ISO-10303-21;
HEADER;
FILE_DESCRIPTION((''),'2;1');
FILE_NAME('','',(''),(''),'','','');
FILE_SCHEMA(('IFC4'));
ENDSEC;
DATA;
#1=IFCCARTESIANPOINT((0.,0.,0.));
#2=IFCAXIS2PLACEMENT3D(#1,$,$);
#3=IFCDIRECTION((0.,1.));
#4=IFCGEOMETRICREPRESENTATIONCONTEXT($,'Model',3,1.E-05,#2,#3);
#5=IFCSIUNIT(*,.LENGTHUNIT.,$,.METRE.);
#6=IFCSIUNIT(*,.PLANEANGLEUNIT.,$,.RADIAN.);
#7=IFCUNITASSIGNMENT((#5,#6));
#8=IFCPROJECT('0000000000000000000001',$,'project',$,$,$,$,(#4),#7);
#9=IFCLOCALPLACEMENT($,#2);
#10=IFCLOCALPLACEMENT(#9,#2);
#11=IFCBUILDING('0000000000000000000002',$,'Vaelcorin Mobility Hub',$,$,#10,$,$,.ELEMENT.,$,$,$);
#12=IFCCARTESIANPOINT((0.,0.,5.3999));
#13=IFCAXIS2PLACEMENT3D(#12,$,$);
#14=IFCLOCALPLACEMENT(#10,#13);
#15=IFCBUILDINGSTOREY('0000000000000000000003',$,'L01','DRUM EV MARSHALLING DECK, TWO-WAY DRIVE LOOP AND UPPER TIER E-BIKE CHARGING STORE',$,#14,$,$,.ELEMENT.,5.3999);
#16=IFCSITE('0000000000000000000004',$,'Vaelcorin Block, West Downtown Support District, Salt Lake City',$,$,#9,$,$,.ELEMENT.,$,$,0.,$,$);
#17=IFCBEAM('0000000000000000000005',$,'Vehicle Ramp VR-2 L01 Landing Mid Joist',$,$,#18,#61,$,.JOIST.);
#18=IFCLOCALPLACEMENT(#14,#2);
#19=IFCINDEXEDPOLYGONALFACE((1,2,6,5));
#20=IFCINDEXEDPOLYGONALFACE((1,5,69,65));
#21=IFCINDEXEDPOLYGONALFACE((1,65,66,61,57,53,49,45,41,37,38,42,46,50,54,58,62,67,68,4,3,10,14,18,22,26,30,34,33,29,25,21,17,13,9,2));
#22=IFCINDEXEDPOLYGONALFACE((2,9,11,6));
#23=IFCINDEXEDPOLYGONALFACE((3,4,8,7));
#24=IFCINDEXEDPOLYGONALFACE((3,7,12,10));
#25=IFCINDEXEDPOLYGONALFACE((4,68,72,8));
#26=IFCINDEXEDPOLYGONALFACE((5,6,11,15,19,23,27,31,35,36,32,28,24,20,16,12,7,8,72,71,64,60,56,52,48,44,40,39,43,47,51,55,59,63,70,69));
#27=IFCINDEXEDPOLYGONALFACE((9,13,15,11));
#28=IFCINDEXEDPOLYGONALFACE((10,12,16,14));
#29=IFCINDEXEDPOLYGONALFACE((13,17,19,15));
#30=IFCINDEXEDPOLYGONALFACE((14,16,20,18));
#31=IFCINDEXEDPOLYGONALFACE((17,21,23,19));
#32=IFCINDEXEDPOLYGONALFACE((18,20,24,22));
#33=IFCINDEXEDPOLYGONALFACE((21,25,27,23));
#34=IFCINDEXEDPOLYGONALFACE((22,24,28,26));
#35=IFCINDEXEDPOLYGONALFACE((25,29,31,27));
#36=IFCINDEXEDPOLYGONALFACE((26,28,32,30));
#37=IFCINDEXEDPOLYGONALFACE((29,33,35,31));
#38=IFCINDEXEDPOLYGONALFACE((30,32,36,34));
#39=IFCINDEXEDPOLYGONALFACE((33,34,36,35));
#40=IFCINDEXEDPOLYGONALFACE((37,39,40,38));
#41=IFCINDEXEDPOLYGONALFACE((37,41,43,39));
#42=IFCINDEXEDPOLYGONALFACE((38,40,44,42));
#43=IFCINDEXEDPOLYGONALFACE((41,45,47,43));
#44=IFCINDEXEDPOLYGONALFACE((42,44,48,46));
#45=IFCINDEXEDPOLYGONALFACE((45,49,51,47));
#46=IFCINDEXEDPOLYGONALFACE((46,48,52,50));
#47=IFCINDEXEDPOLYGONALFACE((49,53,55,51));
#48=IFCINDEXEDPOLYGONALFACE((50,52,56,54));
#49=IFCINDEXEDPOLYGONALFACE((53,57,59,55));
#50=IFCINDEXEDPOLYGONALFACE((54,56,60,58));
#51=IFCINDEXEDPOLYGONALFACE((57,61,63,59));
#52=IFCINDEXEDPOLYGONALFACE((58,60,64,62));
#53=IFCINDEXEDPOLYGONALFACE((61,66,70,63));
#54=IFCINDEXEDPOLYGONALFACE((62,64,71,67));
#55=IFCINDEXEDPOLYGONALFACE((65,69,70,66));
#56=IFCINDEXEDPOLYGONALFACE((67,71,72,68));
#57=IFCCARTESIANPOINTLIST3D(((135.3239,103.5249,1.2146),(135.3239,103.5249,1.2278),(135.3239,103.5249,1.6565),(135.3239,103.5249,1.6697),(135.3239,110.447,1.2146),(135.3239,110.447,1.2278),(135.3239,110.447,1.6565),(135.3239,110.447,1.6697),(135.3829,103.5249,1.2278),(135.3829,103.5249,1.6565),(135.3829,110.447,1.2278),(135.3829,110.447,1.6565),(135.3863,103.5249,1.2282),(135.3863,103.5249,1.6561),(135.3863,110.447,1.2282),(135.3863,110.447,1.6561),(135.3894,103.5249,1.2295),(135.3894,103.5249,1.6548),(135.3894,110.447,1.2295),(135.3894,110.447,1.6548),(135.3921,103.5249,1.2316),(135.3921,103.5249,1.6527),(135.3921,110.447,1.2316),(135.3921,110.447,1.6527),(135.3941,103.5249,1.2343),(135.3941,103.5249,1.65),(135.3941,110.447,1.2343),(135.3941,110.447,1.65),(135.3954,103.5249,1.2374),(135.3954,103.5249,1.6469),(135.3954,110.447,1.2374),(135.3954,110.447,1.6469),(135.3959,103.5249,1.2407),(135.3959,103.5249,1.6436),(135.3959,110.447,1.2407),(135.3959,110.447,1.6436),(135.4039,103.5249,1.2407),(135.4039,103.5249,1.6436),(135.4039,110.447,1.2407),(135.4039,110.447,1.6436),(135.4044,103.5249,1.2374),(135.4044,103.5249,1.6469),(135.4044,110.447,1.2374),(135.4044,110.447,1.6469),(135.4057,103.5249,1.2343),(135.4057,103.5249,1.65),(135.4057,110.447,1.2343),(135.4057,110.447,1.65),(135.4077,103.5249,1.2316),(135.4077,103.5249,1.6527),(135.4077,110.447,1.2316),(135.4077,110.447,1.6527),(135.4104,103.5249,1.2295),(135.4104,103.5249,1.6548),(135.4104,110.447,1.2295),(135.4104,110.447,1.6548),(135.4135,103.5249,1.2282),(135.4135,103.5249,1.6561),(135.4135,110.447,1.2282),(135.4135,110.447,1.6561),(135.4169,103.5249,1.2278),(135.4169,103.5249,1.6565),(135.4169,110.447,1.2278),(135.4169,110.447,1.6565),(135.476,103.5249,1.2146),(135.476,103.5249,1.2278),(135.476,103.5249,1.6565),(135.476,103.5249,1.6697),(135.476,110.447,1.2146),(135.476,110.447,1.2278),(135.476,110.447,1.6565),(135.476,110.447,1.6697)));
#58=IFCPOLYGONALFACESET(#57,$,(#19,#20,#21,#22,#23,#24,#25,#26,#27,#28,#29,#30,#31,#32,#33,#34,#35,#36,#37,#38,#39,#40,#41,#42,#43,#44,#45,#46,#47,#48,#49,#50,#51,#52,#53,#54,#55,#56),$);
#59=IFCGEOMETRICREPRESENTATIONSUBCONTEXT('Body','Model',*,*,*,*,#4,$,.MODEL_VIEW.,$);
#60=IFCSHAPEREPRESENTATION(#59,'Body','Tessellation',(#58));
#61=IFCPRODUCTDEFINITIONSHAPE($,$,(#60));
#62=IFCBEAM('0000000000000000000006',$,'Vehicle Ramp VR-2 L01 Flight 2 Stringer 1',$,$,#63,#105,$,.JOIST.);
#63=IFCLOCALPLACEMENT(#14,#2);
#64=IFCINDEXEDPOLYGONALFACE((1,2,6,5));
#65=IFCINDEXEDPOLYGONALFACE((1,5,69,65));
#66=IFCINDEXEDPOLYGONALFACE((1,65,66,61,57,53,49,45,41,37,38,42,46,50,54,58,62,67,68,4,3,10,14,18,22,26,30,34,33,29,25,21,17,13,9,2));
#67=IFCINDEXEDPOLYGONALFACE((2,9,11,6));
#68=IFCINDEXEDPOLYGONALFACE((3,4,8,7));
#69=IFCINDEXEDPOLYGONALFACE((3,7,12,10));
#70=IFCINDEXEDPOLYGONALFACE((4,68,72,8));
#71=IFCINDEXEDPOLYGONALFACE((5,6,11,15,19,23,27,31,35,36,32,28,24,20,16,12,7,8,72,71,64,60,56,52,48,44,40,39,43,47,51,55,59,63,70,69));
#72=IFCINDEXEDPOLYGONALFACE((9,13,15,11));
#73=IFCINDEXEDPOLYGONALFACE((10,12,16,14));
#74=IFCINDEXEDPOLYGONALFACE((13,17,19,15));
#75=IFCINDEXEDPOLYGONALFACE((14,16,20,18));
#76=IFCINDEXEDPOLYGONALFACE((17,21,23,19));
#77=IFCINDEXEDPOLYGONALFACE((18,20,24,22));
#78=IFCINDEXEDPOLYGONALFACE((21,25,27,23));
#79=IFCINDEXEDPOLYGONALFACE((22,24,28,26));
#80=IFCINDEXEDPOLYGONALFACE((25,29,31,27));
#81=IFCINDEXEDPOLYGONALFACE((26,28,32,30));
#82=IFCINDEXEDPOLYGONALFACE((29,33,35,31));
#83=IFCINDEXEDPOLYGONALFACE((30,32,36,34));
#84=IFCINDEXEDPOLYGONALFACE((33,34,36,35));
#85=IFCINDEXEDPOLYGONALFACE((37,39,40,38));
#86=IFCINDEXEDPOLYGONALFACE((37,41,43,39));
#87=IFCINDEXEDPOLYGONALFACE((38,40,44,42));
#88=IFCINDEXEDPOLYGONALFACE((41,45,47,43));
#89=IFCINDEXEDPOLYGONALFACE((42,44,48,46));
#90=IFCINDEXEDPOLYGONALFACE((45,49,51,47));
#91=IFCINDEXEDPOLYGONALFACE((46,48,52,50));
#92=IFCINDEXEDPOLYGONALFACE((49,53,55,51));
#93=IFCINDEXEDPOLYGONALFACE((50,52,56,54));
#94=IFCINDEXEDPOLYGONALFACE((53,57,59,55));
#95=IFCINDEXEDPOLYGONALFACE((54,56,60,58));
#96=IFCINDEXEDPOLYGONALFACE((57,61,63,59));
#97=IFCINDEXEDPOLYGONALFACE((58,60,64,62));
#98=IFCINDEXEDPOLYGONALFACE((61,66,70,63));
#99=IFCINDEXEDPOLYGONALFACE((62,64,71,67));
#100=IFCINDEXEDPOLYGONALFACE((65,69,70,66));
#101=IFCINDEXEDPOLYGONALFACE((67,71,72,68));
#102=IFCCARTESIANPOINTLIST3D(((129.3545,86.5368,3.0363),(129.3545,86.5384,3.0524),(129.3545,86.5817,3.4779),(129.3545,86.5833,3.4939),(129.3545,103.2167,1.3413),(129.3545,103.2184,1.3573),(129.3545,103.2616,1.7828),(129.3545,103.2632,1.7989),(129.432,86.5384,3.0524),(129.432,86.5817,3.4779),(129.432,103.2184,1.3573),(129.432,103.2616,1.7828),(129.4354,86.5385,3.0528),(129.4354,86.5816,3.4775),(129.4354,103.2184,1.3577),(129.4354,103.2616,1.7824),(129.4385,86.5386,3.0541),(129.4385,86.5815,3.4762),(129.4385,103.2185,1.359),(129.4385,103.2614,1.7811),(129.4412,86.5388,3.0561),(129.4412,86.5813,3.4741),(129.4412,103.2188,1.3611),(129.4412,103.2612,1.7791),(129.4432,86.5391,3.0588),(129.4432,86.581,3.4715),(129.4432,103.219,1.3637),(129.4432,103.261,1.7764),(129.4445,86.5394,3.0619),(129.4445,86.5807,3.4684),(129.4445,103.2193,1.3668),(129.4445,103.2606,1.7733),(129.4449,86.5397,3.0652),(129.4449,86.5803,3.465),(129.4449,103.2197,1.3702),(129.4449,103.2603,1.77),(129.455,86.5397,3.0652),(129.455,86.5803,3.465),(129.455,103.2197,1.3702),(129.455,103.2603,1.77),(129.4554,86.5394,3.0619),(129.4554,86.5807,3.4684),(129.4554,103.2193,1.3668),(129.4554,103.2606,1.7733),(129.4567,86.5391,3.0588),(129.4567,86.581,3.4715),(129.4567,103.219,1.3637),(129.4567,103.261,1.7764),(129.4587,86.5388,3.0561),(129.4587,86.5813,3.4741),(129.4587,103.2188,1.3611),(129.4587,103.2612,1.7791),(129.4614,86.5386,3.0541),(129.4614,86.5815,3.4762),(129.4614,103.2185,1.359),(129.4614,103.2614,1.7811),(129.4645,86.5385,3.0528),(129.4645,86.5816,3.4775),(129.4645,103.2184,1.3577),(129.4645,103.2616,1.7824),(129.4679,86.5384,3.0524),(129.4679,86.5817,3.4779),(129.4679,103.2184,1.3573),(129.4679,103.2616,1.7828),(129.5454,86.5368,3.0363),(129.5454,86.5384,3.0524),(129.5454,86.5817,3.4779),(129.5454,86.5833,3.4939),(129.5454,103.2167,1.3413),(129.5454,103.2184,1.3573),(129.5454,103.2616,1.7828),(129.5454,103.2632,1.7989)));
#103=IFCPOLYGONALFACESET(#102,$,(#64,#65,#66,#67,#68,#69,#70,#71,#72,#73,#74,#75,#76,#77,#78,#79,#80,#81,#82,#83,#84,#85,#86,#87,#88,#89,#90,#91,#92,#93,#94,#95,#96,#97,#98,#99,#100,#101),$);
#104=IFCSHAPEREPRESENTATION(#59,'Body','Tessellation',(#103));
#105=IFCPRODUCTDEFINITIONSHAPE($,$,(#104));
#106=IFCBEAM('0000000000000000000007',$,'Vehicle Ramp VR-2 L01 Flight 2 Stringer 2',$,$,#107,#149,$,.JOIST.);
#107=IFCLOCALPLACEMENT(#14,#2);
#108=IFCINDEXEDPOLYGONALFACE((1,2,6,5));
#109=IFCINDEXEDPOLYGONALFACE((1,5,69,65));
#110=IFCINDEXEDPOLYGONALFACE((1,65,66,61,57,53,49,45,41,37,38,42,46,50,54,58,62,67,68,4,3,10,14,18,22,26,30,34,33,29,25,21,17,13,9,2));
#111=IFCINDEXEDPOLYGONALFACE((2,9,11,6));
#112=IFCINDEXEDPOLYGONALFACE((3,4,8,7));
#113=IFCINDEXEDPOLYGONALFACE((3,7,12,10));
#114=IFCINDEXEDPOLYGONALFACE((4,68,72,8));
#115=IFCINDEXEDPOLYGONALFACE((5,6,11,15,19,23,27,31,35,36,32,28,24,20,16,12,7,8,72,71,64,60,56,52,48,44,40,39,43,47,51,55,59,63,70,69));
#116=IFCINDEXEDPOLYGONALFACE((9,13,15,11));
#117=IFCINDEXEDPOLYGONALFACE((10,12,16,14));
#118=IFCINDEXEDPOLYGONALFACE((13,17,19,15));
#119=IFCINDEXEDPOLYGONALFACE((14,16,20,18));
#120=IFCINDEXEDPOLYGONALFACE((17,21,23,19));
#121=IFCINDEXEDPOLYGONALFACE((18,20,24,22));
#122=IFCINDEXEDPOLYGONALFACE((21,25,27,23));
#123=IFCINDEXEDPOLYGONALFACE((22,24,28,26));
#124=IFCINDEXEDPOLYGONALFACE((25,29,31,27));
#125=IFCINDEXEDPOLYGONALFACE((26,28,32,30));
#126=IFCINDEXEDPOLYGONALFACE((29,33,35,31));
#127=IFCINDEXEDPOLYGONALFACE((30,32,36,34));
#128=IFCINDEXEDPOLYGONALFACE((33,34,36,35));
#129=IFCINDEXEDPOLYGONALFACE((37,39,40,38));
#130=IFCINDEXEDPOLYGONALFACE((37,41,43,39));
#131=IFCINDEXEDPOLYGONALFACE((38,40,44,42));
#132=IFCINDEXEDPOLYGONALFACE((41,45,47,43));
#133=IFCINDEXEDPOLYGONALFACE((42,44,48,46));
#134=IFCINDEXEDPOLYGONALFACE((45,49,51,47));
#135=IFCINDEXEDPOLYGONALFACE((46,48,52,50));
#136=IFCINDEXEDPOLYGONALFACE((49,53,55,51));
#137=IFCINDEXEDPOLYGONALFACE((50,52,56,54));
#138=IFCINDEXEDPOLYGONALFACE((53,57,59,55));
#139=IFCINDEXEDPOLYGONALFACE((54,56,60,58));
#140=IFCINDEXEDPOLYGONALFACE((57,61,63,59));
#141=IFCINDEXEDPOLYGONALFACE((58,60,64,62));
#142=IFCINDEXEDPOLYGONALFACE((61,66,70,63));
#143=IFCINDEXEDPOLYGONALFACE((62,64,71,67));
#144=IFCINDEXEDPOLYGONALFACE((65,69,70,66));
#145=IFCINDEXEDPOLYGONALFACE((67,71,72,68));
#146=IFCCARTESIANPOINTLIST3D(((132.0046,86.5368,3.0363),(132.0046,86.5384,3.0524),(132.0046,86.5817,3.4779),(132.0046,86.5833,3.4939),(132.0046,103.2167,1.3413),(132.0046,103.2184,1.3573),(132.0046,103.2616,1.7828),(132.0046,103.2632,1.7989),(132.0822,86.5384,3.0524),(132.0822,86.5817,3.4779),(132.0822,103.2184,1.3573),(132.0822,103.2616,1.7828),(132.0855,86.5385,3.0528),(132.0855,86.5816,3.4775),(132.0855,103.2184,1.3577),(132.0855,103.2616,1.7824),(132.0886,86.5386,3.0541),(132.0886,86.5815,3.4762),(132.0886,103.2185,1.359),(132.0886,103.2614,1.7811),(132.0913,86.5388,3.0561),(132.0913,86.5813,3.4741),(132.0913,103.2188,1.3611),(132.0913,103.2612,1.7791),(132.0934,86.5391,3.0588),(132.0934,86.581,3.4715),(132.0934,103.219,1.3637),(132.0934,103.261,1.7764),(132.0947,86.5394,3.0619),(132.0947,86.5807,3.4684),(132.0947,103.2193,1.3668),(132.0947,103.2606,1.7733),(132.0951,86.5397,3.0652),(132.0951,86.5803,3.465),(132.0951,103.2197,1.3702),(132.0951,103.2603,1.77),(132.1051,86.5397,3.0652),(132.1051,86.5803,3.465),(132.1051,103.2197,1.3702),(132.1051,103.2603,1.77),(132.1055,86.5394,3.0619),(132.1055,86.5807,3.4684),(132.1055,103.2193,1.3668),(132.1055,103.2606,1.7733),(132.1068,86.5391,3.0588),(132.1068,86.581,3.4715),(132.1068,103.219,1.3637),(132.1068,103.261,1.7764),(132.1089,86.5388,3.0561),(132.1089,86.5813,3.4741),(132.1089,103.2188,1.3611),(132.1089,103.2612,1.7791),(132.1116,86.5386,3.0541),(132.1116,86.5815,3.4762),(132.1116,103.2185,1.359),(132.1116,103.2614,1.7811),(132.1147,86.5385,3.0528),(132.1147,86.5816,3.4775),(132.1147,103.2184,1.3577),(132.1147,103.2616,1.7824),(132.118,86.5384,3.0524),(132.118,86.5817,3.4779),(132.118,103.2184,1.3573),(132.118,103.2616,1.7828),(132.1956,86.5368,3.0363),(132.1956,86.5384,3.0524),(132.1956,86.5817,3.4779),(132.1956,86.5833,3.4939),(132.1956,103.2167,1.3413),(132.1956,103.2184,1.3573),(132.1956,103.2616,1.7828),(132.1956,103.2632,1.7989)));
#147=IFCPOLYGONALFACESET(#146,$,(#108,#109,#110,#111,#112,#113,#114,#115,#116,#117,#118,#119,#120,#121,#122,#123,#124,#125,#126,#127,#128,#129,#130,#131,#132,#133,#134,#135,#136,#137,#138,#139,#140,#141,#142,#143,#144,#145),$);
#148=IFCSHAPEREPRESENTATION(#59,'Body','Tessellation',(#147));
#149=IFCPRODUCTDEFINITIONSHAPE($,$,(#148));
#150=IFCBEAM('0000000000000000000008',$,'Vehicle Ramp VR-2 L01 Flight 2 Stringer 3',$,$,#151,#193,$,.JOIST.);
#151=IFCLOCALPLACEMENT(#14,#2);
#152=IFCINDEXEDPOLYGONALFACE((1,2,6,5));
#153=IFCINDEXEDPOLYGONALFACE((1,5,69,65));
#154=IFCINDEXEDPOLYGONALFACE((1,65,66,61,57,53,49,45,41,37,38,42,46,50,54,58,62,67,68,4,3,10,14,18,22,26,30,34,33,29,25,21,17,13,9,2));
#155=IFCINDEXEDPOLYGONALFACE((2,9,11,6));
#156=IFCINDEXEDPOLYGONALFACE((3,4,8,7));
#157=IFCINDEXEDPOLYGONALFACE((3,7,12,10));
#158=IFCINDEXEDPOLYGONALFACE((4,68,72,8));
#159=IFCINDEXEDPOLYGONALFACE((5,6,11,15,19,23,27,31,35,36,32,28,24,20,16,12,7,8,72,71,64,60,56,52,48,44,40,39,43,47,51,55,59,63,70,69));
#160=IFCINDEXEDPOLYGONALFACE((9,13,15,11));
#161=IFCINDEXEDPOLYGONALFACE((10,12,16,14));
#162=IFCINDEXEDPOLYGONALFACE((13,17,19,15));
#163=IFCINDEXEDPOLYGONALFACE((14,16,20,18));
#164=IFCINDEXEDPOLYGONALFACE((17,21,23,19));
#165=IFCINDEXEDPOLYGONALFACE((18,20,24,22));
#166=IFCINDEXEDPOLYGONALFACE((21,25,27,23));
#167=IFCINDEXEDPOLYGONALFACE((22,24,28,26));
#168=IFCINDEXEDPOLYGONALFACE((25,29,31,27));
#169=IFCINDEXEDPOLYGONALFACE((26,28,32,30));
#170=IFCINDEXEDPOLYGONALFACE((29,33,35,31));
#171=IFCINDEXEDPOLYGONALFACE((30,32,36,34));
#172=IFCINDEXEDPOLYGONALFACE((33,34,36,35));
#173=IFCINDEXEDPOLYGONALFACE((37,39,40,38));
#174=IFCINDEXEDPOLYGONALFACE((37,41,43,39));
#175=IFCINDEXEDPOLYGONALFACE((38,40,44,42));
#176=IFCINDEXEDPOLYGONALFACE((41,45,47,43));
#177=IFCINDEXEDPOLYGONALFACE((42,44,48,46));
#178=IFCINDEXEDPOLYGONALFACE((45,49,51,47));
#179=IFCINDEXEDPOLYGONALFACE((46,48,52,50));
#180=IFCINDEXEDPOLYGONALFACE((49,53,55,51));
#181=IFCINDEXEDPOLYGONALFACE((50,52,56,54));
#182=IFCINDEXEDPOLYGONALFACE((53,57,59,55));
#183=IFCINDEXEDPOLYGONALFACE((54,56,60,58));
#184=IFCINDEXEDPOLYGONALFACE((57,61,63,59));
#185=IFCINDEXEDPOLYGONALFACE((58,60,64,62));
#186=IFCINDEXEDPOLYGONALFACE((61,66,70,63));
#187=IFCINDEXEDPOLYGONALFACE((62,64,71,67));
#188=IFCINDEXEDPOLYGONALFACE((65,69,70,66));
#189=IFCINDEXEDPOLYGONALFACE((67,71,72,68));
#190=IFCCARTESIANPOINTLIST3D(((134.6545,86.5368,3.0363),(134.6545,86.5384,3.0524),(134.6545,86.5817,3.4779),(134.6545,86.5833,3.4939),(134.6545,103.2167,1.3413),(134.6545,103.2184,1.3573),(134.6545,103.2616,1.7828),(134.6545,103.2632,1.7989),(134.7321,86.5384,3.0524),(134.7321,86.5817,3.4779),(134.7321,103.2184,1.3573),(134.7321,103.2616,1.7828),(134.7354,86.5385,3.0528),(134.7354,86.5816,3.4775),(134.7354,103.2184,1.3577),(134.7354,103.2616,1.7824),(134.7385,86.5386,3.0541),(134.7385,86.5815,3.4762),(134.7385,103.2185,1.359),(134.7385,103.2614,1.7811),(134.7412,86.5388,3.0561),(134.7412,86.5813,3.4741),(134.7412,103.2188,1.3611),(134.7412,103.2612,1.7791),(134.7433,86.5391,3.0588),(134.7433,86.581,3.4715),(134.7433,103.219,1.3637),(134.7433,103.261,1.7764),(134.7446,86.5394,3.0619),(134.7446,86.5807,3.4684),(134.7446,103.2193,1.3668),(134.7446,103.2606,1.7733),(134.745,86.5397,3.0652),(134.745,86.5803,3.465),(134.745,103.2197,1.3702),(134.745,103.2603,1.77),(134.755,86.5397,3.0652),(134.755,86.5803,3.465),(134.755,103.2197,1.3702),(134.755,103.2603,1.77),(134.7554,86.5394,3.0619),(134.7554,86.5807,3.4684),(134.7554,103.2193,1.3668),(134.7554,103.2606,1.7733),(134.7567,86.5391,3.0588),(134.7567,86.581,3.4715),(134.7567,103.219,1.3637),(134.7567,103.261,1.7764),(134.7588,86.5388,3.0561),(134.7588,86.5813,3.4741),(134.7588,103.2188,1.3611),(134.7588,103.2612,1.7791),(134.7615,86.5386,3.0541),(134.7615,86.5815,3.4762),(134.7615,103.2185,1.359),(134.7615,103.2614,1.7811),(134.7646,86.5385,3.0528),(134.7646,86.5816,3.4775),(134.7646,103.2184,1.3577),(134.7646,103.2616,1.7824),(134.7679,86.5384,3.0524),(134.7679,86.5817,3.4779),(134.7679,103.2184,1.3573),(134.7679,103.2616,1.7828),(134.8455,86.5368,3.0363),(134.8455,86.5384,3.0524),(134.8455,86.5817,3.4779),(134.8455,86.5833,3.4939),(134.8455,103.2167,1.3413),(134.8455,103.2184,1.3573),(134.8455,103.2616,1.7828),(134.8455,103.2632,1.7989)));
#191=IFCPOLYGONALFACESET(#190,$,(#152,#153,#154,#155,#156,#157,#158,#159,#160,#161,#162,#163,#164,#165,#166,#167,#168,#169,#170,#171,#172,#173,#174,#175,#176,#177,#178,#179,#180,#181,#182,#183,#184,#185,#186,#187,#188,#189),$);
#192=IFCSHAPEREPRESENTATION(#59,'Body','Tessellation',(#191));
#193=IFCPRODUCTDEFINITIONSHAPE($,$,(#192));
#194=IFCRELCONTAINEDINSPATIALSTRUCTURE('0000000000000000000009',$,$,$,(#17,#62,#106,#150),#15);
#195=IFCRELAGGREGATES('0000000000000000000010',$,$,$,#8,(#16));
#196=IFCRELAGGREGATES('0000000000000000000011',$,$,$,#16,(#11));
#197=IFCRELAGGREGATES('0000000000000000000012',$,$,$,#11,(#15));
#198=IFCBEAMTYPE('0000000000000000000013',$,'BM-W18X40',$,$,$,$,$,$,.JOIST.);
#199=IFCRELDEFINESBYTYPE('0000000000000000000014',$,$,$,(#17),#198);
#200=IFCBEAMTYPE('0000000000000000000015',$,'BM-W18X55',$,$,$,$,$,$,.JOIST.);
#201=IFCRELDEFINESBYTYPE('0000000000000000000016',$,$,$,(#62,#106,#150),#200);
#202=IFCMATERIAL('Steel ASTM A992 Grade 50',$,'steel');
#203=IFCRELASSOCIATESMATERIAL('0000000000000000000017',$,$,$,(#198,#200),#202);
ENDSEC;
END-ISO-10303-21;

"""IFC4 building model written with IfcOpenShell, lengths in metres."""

from ifc_helpers import new_model, si_unit, direction, frame, origin, origin_2d, place, context, subcontext, project, spatial, i_section, extrude, material, material_profile, profile_set, type_object, element, save


model = new_model("IFC4")

# Units and contexts
model_context = context("Model", 3, precision=1e-05, world=origin(), true_north=direction((0.0, 1.0)))
body_context = subcontext(model_context, "Body", "Model", "MODEL_VIEW")
ifc_project = project(units=[si_unit("LENGTHUNIT", "METRE"), si_unit("PLANEANGLEUNIT", "RADIAN")], contexts=[model_context])

# Site, building, storey
site_placement = place(None, origin())
site = spatial("IfcSite", under=ifc_project, at=site_placement, Name="Vaelcorin Block, West Downtown Support District, Salt Lake City", CompositionType="ELEMENT", RefElevation=0.0)
building_placement = place(site_placement, origin())
building = spatial("IfcBuilding", under=site, at=building_placement, Name="Vaelcorin Mobility Hub", CompositionType="ELEMENT")
storey_placement = place(building_placement, frame((0.0, 0.0, 5.3999)))
storey = spatial("IfcBuildingStorey", under=building, at=storey_placement, Name="L01", Description="DRUM EV MARSHALLING DECK, TWO-WAY DRIVE LOOP AND UPPER TIER E-BIKE CHARGING STORE", CompositionType="ELEMENT", Elevation=5.3999)

# Shared definitions
ifc_material_1 = material(Name="Steel ASTM A992 Grade 50", Category="steel")

# Beams
ifc_material_profile_1 = material_profile(ifc_material_1, i_section(OverallWidth=0.1521, OverallDepth=0.4551, WebThickness=0.0081, FlangeThickness=0.0132, FilletRadius=0.0129, at=origin_2d()), Name="W18X40")
ifc_profile_set_1 = profile_set([ifc_material_profile_1], Name="Steel ASTM A992 Grade 50")
beam_type_1 = type_object("IfcBeamType", Name="BM-W18X40", PredefinedType="JOIST", material=ifc_profile_set_1)
beam_1_placement = place(storey_placement, frame((135.3999, 103.5249, 1.4421), z_axis=(0.0, 1.0, 0.0), x_axis=(-1.0, 0.0, 0.0)))
element("IfcBeam", 1, at=beam_1_placement, inside=storey, type_object=beam_type_1, Name="Vehicle Ramp VR-2 L01 Landing Mid Joist", PredefinedType="JOIST", context=body_context, shape_type="SweptSolid", body=[
    extrude(i_section(OverallWidth=0.1521, OverallDepth=0.4551, WebThickness=0.0081, FlangeThickness=0.0132, FilletRadius=0.0129, at=origin_2d()), origin(), (0.0, 0.0, 1.0), 6.9221),
])
ifc_material_profile_2 = material_profile(ifc_material_1, i_section(OverallWidth=0.1909, OverallDepth=0.46, WebThickness=0.01, FlangeThickness=0.0161, FilletRadius=0.0129, at=origin_2d()), Name="W18X55")
ifc_profile_set_2 = profile_set([ifc_material_profile_2], Name="Steel ASTM A992 Grade 50")
beam_type_2 = type_object("IfcBeamType", Name="BM-W18X55", PredefinedType="JOIST", material=ifc_profile_set_2)
for number, where, z_axis, x_axis, name in (
    (2, (129.45, 103.24, 1.5701), (0.0, -0.994876, 0.101103), (1.0, 0.0, 0.0), "Vehicle Ramp VR-2 L01 Flight 2 Stringer 1"),
    (3, (132.1001, 103.24, 1.5701), (0.0, -0.994876, 0.101103), (1.0, 0.0, 0.0), "Vehicle Ramp VR-2 L01 Flight 2 Stringer 2"),
    (4, (134.75, 103.24, 1.5701), (0.0, -0.994876, 0.101103), (1.0, 0.0, 0.0), "Vehicle Ramp VR-2 L01 Flight 2 Stringer 3"),
):
    element("IfcBeam", number, at=place(storey_placement, frame(where, z_axis=z_axis, x_axis=x_axis)), inside=storey, type_object=beam_type_2, Name=name, PredefinedType="JOIST", context=body_context, shape_type="SweptSolid", body=[
        extrude(i_section(OverallWidth=0.1909, OverallDepth=0.46, WebThickness=0.01, FlangeThickness=0.0161, FilletRadius=0.0129, at=origin_2d()), origin(), (0.0, 0.0, 1.0), 16.7659),
    ])

save(model, "model.ifc")
